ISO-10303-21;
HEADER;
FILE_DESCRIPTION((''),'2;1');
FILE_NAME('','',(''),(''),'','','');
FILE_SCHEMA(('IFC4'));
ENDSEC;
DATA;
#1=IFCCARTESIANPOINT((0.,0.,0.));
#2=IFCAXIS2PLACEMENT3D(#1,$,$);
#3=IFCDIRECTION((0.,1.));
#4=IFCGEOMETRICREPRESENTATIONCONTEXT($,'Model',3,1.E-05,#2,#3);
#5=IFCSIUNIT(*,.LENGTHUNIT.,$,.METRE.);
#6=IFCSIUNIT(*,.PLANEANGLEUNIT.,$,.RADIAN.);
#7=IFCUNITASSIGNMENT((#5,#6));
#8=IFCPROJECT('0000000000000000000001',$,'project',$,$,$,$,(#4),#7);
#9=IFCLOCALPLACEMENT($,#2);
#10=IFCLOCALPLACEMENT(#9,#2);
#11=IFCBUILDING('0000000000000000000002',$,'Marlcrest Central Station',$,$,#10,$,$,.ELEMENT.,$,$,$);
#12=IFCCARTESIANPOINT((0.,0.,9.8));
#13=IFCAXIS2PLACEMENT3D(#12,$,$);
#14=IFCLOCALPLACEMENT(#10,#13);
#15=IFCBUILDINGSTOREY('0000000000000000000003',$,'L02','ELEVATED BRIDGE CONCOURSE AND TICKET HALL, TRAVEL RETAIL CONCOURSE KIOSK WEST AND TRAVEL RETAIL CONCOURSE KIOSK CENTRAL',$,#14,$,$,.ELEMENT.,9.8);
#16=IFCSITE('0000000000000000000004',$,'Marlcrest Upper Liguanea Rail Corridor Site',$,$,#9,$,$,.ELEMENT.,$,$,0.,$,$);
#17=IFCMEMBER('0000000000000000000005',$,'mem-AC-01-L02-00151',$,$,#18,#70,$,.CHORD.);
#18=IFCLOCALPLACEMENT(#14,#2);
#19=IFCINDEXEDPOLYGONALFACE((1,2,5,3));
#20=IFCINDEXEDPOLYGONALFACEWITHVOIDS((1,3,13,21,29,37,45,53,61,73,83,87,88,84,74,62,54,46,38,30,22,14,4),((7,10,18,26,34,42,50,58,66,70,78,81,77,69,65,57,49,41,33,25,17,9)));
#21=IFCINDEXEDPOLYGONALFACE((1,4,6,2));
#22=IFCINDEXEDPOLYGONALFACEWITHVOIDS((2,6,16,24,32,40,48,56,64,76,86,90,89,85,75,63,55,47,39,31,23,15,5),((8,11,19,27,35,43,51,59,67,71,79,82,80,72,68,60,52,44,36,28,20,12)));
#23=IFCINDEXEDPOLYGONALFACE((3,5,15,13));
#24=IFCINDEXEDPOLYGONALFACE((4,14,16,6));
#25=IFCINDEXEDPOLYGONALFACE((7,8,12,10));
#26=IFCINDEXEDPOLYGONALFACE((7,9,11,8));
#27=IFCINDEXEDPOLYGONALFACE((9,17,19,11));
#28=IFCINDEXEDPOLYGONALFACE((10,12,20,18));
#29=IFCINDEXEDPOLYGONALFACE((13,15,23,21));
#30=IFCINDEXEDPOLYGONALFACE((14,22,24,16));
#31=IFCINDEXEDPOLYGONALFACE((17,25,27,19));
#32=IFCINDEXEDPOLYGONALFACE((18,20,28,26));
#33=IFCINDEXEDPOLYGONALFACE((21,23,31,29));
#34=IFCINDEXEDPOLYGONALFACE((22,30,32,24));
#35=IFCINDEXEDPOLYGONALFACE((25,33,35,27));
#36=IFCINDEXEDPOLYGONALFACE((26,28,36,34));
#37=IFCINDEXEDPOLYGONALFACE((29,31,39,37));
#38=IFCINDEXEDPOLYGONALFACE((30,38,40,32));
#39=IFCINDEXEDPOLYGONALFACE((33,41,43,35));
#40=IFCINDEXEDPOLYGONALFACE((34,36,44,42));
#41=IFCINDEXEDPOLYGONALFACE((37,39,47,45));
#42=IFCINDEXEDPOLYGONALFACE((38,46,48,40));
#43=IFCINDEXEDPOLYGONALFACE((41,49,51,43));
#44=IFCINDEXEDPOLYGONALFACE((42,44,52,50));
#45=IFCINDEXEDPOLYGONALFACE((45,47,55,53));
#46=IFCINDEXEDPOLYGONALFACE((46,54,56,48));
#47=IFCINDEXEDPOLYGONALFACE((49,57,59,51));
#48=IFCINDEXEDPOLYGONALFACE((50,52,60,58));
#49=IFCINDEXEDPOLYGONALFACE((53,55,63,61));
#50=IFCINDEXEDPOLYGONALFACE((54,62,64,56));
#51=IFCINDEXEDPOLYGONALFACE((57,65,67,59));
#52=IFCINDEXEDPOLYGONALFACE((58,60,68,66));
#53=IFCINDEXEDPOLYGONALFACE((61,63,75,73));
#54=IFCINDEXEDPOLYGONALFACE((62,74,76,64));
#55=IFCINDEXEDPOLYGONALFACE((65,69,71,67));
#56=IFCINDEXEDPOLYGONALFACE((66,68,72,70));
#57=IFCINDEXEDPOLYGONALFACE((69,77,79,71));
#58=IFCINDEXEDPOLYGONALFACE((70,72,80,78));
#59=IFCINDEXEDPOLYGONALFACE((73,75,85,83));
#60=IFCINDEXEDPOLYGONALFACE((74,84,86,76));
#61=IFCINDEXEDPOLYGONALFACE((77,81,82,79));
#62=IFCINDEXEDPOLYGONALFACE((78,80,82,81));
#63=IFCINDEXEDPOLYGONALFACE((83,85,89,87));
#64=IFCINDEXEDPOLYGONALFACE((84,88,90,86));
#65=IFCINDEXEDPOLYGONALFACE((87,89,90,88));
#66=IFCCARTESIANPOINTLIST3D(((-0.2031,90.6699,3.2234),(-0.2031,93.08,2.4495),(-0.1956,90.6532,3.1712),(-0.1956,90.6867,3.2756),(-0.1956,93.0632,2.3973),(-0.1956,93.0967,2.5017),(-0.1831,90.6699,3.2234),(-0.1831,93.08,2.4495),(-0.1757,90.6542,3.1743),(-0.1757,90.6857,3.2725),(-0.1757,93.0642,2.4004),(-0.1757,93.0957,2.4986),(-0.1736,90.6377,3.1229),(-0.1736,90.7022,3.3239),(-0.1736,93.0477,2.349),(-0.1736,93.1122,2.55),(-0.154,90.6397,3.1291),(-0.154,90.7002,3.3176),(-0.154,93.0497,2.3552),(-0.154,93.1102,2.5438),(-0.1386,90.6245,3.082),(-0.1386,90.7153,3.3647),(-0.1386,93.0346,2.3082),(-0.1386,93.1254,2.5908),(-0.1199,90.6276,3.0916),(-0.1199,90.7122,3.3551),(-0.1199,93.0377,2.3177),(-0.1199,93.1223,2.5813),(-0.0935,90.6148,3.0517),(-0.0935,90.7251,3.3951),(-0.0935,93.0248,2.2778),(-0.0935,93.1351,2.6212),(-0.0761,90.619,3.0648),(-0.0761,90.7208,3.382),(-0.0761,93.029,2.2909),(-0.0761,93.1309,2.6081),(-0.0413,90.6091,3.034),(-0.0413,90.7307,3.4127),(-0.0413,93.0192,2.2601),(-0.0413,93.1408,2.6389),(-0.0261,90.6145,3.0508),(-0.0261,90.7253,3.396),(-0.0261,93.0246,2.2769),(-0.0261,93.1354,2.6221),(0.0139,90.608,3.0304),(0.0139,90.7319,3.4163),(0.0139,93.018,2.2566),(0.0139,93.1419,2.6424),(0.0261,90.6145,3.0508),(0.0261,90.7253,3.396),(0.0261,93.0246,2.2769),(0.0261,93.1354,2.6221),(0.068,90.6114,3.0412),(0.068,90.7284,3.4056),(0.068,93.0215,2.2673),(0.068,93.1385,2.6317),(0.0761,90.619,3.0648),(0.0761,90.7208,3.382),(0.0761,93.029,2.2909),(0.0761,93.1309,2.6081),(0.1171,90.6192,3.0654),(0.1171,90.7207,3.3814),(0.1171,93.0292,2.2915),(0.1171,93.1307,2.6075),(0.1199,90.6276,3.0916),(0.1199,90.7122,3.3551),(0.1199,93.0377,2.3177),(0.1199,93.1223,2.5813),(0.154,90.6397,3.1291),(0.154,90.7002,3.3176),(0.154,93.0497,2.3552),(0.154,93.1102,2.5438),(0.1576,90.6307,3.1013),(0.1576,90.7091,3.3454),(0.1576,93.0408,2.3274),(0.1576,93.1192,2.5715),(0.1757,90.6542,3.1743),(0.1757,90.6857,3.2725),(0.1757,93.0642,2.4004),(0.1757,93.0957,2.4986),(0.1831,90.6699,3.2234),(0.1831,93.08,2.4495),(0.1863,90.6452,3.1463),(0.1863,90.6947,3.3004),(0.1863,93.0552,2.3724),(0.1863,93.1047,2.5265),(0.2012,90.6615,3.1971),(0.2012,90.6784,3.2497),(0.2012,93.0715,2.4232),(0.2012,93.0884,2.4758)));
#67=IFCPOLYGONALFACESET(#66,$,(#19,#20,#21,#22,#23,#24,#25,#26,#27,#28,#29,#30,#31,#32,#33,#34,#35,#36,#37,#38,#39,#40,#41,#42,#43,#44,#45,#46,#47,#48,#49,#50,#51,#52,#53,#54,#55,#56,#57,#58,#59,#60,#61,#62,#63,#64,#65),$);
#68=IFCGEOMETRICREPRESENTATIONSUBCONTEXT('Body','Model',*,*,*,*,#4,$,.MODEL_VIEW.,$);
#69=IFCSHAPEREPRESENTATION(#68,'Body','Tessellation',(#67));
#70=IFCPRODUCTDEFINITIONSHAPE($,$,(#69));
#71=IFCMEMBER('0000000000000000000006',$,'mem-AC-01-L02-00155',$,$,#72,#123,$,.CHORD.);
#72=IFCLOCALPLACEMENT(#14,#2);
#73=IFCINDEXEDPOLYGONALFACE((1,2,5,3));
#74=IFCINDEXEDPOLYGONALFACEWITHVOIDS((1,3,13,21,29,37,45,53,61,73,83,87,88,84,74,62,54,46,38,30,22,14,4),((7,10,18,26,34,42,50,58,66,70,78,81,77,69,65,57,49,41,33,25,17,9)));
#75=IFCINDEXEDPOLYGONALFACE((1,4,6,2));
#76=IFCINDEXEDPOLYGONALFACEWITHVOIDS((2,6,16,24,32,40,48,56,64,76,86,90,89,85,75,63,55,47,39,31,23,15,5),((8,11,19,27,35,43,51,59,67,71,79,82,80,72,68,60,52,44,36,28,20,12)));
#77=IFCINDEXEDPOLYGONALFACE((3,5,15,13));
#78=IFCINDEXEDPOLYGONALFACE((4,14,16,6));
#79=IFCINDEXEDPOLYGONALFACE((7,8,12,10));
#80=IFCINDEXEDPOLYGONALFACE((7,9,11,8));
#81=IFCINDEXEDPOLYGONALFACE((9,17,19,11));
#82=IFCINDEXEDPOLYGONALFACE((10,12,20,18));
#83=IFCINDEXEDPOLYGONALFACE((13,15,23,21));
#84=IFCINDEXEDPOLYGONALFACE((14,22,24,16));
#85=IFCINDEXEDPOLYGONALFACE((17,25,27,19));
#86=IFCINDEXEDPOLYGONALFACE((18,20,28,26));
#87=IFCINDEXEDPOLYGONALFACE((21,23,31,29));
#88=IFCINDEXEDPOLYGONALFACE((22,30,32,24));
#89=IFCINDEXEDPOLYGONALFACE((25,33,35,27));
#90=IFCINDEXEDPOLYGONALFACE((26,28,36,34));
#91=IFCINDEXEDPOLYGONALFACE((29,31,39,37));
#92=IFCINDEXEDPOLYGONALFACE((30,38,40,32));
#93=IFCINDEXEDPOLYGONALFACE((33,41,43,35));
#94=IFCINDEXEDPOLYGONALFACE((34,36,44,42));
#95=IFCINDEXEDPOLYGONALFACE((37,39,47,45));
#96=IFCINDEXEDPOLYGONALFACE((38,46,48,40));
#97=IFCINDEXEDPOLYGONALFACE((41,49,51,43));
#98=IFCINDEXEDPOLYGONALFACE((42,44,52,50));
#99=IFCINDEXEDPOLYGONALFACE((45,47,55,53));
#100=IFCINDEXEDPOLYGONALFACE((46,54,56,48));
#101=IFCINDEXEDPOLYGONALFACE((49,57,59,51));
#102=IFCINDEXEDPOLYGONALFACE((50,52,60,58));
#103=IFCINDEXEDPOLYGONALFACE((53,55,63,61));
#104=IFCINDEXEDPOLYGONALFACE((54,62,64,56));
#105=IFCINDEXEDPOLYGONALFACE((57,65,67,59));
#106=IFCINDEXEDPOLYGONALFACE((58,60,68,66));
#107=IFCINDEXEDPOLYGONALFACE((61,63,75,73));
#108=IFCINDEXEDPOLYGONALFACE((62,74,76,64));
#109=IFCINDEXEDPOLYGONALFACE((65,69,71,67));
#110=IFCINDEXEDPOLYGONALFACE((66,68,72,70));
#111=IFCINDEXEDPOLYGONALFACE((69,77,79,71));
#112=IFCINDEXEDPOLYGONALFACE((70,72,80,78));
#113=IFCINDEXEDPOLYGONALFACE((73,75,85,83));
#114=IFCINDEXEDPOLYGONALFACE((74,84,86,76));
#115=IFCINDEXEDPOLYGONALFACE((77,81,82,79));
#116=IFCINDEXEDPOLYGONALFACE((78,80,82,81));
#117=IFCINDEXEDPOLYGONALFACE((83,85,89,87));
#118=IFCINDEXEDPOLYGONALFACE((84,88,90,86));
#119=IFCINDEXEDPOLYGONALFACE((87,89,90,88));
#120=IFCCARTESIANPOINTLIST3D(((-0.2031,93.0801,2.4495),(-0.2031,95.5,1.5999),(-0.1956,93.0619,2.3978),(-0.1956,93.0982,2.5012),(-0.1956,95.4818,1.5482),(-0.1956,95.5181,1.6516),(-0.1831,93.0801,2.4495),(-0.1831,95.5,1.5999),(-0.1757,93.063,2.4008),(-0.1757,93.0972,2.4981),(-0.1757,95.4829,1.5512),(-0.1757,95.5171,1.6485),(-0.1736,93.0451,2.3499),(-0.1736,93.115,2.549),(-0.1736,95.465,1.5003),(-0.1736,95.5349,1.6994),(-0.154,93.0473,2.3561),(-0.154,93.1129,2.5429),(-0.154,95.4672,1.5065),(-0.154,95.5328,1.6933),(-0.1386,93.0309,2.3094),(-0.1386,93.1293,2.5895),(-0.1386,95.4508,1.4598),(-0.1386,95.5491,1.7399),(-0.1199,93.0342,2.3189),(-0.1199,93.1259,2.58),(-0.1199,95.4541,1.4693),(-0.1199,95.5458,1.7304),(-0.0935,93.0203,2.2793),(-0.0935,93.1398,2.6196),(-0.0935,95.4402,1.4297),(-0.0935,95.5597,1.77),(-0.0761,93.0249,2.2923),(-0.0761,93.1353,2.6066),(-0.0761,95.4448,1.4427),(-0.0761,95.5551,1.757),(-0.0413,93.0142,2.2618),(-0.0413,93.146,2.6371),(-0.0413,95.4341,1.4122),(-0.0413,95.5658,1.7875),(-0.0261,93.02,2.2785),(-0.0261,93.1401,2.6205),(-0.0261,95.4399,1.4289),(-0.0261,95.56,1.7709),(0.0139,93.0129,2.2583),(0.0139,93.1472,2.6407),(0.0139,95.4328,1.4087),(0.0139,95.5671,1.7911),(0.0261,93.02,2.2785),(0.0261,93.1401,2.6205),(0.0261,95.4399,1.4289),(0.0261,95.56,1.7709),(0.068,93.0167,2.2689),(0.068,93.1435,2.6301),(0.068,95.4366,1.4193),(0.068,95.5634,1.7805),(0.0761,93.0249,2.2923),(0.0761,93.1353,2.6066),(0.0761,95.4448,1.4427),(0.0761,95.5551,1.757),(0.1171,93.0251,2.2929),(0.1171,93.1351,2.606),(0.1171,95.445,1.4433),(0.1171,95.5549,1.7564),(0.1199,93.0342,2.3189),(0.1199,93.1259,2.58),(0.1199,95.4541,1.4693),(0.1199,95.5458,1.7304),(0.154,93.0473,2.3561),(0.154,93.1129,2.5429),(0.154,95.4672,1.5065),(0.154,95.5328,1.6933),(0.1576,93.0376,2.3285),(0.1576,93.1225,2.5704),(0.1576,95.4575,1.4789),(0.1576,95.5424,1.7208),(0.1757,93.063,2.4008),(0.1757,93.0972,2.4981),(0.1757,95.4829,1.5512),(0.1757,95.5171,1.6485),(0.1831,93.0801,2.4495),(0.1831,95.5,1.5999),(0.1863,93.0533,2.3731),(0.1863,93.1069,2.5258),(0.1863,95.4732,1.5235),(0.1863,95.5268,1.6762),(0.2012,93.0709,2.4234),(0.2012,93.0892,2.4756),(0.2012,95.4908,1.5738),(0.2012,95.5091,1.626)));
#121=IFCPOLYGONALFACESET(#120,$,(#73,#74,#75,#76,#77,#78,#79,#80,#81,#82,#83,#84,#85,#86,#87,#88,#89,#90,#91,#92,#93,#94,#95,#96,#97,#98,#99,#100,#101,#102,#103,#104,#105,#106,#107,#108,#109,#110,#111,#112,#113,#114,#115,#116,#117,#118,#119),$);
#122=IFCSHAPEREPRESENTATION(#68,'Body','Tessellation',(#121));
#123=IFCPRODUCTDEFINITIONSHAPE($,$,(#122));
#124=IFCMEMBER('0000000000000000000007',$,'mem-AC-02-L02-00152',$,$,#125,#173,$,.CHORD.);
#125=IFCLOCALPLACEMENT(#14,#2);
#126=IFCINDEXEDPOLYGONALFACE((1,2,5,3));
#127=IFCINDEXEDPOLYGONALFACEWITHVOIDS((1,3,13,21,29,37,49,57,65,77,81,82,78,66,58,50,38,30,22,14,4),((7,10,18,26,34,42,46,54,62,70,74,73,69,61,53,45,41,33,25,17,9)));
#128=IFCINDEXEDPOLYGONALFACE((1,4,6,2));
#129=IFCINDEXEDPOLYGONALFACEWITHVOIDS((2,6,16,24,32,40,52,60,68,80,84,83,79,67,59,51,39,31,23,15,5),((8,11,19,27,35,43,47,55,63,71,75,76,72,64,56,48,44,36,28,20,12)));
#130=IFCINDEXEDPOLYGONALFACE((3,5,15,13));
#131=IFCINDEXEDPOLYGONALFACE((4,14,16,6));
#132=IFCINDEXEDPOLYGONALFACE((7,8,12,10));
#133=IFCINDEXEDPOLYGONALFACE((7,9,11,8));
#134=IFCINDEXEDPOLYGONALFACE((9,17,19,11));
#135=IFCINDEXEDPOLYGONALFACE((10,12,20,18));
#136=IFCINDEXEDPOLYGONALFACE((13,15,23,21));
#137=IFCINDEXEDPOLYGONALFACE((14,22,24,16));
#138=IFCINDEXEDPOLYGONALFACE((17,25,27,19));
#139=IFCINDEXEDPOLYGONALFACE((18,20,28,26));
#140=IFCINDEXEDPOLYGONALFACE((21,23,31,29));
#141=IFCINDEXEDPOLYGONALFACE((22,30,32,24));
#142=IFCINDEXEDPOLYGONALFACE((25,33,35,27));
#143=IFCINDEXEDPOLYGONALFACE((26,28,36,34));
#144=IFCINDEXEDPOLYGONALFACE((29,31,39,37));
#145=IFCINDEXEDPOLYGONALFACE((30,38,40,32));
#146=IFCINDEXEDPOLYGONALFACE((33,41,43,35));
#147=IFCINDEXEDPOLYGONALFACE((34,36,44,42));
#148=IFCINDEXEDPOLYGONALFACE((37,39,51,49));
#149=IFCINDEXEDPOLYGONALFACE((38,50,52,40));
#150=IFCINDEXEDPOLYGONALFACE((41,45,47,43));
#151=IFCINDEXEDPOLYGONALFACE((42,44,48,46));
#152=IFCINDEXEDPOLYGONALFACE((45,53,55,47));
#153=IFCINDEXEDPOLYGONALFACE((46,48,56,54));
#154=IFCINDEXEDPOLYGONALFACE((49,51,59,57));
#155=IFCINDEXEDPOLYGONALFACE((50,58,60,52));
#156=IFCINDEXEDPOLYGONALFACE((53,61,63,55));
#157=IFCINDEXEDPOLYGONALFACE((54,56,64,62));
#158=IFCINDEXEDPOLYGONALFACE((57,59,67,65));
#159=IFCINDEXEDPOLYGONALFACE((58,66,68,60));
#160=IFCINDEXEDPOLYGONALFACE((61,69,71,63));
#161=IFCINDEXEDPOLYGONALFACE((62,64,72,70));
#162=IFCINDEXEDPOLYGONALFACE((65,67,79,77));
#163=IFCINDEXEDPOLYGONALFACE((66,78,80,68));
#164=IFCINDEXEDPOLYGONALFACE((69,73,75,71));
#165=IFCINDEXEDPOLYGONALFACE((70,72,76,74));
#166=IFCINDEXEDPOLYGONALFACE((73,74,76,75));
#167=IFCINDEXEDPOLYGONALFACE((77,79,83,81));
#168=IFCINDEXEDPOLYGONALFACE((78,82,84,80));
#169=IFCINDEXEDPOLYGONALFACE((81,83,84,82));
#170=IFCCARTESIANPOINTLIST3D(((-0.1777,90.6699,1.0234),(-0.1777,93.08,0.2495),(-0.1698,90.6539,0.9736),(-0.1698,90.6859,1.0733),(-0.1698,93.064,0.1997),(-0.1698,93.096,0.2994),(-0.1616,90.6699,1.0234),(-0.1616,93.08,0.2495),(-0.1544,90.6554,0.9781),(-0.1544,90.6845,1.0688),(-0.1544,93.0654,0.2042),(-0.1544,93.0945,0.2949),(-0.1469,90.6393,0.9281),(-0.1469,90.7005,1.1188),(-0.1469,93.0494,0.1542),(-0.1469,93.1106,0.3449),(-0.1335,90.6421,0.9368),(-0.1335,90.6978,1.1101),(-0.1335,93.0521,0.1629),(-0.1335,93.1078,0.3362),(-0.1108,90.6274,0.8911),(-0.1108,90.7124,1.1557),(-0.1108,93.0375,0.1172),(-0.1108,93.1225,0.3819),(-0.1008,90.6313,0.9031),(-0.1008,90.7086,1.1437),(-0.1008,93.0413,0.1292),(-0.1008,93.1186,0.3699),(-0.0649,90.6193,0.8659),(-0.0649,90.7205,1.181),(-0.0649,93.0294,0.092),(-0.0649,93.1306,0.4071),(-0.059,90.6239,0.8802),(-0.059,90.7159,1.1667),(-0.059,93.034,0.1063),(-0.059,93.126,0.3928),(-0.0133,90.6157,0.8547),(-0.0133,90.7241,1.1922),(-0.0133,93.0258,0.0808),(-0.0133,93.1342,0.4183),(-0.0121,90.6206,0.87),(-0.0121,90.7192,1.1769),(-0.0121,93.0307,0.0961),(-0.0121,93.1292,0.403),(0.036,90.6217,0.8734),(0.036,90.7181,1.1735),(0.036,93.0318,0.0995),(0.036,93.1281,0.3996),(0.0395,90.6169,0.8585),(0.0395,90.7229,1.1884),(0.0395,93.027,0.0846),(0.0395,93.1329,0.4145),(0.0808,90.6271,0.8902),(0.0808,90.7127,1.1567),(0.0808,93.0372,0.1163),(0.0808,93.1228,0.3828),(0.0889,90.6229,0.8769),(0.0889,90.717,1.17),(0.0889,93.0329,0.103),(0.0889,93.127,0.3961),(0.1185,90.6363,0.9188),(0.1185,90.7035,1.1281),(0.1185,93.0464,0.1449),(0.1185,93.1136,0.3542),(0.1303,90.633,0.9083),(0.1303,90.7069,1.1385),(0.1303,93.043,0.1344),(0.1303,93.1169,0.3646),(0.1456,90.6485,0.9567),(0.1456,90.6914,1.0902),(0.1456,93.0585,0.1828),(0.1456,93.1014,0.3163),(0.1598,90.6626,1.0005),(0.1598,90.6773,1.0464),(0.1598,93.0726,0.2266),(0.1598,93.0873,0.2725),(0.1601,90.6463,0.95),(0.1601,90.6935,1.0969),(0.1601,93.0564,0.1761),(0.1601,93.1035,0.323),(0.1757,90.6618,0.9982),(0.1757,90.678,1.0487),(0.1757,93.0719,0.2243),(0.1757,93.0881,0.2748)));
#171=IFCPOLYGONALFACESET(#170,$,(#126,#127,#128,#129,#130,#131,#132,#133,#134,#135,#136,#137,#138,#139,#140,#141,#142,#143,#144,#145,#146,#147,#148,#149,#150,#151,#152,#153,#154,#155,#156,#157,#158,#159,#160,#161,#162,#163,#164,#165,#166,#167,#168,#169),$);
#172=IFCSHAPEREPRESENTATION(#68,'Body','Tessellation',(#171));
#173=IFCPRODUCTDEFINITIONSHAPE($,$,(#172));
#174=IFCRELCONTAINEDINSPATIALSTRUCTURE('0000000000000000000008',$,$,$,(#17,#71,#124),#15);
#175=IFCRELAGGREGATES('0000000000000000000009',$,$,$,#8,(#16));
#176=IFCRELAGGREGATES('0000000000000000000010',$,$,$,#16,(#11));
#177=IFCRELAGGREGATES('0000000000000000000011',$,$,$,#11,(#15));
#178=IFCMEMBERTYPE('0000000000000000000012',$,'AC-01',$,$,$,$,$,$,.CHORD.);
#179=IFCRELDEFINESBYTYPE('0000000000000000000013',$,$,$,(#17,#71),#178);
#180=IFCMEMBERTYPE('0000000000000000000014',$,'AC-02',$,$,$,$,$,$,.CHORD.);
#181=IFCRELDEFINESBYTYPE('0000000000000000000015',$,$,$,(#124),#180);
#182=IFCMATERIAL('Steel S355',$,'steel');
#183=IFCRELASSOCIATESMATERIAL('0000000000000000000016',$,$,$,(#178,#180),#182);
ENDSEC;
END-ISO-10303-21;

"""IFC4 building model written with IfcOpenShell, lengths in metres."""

from ifc_helpers import new_model, si_unit, direction, frame, origin, origin_2d, place, context, subcontext, project, spatial, hollow_circle, extrude, material, material_profile, profile_set, type_object, element, save


model = new_model("IFC4")

# Units and contexts
model_context = context("Model", 3, precision=1e-05, world=origin(), true_north=direction((0.0, 1.0)))
body_context = subcontext(model_context, "Body", "Model", "MODEL_VIEW")
ifc_project = project(units=[si_unit("LENGTHUNIT", "METRE"), si_unit("PLANEANGLEUNIT", "RADIAN")], contexts=[model_context])

# Site, building, storey
site_placement = place(None, origin())
site = spatial("IfcSite", under=ifc_project, at=site_placement, Name="Marlcrest Upper Liguanea Rail Corridor Site", CompositionType="ELEMENT", RefElevation=0.0)
building_placement = place(site_placement, origin())
building = spatial("IfcBuilding", under=site, at=building_placement, Name="Marlcrest Central Station", CompositionType="ELEMENT")
storey_placement = place(building_placement, frame((0.0, 0.0, 9.8)))
storey = spatial("IfcBuildingStorey", under=building, at=storey_placement, Name="L02", Description="ELEVATED BRIDGE CONCOURSE AND TICKET HALL, TRAVEL RETAIL CONCOURSE KIOSK WEST AND TRAVEL RETAIL CONCOURSE KIOSK CENTRAL", CompositionType="ELEMENT", Elevation=9.8)

# Members
ifc_material = material(Name="Steel S355", Category="steel")
ifc_material_profile_1 = material_profile(ifc_material, hollow_circle(Radius=0.2031, WallThickness=0.02, at=origin_2d()), Name="CHS 406.4x20")
ifc_profile_set_1 = profile_set([ifc_material_profile_1], Name="Steel S355")
member_type_1 = type_object("IfcMemberType", Name="AC-01", PredefinedType="CHORD", material=ifc_profile_set_1)
member_1_placement = place(storey_placement, frame((0.0, 90.6699, 3.2234), z_axis=(0.0, 0.952117, -0.305734), x_axis=(-1.0, 0.0, 0.0)))
element("IfcMember", 1, at=member_1_placement, inside=storey, type_object=member_type_1, Name="mem-AC-01-L02-00151", PredefinedType="CHORD", context=body_context, shape_type="SweptSolid", body=[
    extrude(hollow_circle(Radius=0.2031, WallThickness=0.02, at=origin_2d()), origin(), (0.0, 0.0, 1.0), 2.5312),
])
member_2_placement = place(storey_placement, frame((0.0, 93.0801, 2.4495), z_axis=(0.0, 0.943537, -0.331266), x_axis=(-1.0, 0.0, 0.0)))
element("IfcMember", 2, at=member_2_placement, inside=storey, type_object=member_type_1, Name="mem-AC-01-L02-00155", PredefinedType="CHORD", context=body_context, shape_type="SweptSolid", body=[
    extrude(hollow_circle(Radius=0.2031, WallThickness=0.02, at=origin_2d()), origin(), (0.0, 0.0, 1.0), 2.5647),
])
ifc_material_profile_2 = material_profile(ifc_material, hollow_circle(Radius=0.1777, WallThickness=0.0161, at=origin_2d()), Name="CHS 355.6x16")
ifc_profile_set_2 = profile_set([ifc_material_profile_2], Name="Steel S355")
member_type_2 = type_object("IfcMemberType", Name="AC-02", PredefinedType="CHORD", material=ifc_profile_set_2)
member_3_placement = place(storey_placement, frame((0.0, 90.6699, 1.0234), z_axis=(0.0, 0.952117, -0.305734), x_axis=(-1.0, 0.0, 0.0)))
element("IfcMember", 3, at=member_3_placement, inside=storey, type_object=member_type_2, Name="mem-AC-02-L02-00152", PredefinedType="CHORD", context=body_context, shape_type="SweptSolid", body=[
    extrude(hollow_circle(Radius=0.1777, WallThickness=0.0161, at=origin_2d()), origin(), (0.0, 0.0, 1.0), 2.5312),
])

save(model, "model.ifc")
